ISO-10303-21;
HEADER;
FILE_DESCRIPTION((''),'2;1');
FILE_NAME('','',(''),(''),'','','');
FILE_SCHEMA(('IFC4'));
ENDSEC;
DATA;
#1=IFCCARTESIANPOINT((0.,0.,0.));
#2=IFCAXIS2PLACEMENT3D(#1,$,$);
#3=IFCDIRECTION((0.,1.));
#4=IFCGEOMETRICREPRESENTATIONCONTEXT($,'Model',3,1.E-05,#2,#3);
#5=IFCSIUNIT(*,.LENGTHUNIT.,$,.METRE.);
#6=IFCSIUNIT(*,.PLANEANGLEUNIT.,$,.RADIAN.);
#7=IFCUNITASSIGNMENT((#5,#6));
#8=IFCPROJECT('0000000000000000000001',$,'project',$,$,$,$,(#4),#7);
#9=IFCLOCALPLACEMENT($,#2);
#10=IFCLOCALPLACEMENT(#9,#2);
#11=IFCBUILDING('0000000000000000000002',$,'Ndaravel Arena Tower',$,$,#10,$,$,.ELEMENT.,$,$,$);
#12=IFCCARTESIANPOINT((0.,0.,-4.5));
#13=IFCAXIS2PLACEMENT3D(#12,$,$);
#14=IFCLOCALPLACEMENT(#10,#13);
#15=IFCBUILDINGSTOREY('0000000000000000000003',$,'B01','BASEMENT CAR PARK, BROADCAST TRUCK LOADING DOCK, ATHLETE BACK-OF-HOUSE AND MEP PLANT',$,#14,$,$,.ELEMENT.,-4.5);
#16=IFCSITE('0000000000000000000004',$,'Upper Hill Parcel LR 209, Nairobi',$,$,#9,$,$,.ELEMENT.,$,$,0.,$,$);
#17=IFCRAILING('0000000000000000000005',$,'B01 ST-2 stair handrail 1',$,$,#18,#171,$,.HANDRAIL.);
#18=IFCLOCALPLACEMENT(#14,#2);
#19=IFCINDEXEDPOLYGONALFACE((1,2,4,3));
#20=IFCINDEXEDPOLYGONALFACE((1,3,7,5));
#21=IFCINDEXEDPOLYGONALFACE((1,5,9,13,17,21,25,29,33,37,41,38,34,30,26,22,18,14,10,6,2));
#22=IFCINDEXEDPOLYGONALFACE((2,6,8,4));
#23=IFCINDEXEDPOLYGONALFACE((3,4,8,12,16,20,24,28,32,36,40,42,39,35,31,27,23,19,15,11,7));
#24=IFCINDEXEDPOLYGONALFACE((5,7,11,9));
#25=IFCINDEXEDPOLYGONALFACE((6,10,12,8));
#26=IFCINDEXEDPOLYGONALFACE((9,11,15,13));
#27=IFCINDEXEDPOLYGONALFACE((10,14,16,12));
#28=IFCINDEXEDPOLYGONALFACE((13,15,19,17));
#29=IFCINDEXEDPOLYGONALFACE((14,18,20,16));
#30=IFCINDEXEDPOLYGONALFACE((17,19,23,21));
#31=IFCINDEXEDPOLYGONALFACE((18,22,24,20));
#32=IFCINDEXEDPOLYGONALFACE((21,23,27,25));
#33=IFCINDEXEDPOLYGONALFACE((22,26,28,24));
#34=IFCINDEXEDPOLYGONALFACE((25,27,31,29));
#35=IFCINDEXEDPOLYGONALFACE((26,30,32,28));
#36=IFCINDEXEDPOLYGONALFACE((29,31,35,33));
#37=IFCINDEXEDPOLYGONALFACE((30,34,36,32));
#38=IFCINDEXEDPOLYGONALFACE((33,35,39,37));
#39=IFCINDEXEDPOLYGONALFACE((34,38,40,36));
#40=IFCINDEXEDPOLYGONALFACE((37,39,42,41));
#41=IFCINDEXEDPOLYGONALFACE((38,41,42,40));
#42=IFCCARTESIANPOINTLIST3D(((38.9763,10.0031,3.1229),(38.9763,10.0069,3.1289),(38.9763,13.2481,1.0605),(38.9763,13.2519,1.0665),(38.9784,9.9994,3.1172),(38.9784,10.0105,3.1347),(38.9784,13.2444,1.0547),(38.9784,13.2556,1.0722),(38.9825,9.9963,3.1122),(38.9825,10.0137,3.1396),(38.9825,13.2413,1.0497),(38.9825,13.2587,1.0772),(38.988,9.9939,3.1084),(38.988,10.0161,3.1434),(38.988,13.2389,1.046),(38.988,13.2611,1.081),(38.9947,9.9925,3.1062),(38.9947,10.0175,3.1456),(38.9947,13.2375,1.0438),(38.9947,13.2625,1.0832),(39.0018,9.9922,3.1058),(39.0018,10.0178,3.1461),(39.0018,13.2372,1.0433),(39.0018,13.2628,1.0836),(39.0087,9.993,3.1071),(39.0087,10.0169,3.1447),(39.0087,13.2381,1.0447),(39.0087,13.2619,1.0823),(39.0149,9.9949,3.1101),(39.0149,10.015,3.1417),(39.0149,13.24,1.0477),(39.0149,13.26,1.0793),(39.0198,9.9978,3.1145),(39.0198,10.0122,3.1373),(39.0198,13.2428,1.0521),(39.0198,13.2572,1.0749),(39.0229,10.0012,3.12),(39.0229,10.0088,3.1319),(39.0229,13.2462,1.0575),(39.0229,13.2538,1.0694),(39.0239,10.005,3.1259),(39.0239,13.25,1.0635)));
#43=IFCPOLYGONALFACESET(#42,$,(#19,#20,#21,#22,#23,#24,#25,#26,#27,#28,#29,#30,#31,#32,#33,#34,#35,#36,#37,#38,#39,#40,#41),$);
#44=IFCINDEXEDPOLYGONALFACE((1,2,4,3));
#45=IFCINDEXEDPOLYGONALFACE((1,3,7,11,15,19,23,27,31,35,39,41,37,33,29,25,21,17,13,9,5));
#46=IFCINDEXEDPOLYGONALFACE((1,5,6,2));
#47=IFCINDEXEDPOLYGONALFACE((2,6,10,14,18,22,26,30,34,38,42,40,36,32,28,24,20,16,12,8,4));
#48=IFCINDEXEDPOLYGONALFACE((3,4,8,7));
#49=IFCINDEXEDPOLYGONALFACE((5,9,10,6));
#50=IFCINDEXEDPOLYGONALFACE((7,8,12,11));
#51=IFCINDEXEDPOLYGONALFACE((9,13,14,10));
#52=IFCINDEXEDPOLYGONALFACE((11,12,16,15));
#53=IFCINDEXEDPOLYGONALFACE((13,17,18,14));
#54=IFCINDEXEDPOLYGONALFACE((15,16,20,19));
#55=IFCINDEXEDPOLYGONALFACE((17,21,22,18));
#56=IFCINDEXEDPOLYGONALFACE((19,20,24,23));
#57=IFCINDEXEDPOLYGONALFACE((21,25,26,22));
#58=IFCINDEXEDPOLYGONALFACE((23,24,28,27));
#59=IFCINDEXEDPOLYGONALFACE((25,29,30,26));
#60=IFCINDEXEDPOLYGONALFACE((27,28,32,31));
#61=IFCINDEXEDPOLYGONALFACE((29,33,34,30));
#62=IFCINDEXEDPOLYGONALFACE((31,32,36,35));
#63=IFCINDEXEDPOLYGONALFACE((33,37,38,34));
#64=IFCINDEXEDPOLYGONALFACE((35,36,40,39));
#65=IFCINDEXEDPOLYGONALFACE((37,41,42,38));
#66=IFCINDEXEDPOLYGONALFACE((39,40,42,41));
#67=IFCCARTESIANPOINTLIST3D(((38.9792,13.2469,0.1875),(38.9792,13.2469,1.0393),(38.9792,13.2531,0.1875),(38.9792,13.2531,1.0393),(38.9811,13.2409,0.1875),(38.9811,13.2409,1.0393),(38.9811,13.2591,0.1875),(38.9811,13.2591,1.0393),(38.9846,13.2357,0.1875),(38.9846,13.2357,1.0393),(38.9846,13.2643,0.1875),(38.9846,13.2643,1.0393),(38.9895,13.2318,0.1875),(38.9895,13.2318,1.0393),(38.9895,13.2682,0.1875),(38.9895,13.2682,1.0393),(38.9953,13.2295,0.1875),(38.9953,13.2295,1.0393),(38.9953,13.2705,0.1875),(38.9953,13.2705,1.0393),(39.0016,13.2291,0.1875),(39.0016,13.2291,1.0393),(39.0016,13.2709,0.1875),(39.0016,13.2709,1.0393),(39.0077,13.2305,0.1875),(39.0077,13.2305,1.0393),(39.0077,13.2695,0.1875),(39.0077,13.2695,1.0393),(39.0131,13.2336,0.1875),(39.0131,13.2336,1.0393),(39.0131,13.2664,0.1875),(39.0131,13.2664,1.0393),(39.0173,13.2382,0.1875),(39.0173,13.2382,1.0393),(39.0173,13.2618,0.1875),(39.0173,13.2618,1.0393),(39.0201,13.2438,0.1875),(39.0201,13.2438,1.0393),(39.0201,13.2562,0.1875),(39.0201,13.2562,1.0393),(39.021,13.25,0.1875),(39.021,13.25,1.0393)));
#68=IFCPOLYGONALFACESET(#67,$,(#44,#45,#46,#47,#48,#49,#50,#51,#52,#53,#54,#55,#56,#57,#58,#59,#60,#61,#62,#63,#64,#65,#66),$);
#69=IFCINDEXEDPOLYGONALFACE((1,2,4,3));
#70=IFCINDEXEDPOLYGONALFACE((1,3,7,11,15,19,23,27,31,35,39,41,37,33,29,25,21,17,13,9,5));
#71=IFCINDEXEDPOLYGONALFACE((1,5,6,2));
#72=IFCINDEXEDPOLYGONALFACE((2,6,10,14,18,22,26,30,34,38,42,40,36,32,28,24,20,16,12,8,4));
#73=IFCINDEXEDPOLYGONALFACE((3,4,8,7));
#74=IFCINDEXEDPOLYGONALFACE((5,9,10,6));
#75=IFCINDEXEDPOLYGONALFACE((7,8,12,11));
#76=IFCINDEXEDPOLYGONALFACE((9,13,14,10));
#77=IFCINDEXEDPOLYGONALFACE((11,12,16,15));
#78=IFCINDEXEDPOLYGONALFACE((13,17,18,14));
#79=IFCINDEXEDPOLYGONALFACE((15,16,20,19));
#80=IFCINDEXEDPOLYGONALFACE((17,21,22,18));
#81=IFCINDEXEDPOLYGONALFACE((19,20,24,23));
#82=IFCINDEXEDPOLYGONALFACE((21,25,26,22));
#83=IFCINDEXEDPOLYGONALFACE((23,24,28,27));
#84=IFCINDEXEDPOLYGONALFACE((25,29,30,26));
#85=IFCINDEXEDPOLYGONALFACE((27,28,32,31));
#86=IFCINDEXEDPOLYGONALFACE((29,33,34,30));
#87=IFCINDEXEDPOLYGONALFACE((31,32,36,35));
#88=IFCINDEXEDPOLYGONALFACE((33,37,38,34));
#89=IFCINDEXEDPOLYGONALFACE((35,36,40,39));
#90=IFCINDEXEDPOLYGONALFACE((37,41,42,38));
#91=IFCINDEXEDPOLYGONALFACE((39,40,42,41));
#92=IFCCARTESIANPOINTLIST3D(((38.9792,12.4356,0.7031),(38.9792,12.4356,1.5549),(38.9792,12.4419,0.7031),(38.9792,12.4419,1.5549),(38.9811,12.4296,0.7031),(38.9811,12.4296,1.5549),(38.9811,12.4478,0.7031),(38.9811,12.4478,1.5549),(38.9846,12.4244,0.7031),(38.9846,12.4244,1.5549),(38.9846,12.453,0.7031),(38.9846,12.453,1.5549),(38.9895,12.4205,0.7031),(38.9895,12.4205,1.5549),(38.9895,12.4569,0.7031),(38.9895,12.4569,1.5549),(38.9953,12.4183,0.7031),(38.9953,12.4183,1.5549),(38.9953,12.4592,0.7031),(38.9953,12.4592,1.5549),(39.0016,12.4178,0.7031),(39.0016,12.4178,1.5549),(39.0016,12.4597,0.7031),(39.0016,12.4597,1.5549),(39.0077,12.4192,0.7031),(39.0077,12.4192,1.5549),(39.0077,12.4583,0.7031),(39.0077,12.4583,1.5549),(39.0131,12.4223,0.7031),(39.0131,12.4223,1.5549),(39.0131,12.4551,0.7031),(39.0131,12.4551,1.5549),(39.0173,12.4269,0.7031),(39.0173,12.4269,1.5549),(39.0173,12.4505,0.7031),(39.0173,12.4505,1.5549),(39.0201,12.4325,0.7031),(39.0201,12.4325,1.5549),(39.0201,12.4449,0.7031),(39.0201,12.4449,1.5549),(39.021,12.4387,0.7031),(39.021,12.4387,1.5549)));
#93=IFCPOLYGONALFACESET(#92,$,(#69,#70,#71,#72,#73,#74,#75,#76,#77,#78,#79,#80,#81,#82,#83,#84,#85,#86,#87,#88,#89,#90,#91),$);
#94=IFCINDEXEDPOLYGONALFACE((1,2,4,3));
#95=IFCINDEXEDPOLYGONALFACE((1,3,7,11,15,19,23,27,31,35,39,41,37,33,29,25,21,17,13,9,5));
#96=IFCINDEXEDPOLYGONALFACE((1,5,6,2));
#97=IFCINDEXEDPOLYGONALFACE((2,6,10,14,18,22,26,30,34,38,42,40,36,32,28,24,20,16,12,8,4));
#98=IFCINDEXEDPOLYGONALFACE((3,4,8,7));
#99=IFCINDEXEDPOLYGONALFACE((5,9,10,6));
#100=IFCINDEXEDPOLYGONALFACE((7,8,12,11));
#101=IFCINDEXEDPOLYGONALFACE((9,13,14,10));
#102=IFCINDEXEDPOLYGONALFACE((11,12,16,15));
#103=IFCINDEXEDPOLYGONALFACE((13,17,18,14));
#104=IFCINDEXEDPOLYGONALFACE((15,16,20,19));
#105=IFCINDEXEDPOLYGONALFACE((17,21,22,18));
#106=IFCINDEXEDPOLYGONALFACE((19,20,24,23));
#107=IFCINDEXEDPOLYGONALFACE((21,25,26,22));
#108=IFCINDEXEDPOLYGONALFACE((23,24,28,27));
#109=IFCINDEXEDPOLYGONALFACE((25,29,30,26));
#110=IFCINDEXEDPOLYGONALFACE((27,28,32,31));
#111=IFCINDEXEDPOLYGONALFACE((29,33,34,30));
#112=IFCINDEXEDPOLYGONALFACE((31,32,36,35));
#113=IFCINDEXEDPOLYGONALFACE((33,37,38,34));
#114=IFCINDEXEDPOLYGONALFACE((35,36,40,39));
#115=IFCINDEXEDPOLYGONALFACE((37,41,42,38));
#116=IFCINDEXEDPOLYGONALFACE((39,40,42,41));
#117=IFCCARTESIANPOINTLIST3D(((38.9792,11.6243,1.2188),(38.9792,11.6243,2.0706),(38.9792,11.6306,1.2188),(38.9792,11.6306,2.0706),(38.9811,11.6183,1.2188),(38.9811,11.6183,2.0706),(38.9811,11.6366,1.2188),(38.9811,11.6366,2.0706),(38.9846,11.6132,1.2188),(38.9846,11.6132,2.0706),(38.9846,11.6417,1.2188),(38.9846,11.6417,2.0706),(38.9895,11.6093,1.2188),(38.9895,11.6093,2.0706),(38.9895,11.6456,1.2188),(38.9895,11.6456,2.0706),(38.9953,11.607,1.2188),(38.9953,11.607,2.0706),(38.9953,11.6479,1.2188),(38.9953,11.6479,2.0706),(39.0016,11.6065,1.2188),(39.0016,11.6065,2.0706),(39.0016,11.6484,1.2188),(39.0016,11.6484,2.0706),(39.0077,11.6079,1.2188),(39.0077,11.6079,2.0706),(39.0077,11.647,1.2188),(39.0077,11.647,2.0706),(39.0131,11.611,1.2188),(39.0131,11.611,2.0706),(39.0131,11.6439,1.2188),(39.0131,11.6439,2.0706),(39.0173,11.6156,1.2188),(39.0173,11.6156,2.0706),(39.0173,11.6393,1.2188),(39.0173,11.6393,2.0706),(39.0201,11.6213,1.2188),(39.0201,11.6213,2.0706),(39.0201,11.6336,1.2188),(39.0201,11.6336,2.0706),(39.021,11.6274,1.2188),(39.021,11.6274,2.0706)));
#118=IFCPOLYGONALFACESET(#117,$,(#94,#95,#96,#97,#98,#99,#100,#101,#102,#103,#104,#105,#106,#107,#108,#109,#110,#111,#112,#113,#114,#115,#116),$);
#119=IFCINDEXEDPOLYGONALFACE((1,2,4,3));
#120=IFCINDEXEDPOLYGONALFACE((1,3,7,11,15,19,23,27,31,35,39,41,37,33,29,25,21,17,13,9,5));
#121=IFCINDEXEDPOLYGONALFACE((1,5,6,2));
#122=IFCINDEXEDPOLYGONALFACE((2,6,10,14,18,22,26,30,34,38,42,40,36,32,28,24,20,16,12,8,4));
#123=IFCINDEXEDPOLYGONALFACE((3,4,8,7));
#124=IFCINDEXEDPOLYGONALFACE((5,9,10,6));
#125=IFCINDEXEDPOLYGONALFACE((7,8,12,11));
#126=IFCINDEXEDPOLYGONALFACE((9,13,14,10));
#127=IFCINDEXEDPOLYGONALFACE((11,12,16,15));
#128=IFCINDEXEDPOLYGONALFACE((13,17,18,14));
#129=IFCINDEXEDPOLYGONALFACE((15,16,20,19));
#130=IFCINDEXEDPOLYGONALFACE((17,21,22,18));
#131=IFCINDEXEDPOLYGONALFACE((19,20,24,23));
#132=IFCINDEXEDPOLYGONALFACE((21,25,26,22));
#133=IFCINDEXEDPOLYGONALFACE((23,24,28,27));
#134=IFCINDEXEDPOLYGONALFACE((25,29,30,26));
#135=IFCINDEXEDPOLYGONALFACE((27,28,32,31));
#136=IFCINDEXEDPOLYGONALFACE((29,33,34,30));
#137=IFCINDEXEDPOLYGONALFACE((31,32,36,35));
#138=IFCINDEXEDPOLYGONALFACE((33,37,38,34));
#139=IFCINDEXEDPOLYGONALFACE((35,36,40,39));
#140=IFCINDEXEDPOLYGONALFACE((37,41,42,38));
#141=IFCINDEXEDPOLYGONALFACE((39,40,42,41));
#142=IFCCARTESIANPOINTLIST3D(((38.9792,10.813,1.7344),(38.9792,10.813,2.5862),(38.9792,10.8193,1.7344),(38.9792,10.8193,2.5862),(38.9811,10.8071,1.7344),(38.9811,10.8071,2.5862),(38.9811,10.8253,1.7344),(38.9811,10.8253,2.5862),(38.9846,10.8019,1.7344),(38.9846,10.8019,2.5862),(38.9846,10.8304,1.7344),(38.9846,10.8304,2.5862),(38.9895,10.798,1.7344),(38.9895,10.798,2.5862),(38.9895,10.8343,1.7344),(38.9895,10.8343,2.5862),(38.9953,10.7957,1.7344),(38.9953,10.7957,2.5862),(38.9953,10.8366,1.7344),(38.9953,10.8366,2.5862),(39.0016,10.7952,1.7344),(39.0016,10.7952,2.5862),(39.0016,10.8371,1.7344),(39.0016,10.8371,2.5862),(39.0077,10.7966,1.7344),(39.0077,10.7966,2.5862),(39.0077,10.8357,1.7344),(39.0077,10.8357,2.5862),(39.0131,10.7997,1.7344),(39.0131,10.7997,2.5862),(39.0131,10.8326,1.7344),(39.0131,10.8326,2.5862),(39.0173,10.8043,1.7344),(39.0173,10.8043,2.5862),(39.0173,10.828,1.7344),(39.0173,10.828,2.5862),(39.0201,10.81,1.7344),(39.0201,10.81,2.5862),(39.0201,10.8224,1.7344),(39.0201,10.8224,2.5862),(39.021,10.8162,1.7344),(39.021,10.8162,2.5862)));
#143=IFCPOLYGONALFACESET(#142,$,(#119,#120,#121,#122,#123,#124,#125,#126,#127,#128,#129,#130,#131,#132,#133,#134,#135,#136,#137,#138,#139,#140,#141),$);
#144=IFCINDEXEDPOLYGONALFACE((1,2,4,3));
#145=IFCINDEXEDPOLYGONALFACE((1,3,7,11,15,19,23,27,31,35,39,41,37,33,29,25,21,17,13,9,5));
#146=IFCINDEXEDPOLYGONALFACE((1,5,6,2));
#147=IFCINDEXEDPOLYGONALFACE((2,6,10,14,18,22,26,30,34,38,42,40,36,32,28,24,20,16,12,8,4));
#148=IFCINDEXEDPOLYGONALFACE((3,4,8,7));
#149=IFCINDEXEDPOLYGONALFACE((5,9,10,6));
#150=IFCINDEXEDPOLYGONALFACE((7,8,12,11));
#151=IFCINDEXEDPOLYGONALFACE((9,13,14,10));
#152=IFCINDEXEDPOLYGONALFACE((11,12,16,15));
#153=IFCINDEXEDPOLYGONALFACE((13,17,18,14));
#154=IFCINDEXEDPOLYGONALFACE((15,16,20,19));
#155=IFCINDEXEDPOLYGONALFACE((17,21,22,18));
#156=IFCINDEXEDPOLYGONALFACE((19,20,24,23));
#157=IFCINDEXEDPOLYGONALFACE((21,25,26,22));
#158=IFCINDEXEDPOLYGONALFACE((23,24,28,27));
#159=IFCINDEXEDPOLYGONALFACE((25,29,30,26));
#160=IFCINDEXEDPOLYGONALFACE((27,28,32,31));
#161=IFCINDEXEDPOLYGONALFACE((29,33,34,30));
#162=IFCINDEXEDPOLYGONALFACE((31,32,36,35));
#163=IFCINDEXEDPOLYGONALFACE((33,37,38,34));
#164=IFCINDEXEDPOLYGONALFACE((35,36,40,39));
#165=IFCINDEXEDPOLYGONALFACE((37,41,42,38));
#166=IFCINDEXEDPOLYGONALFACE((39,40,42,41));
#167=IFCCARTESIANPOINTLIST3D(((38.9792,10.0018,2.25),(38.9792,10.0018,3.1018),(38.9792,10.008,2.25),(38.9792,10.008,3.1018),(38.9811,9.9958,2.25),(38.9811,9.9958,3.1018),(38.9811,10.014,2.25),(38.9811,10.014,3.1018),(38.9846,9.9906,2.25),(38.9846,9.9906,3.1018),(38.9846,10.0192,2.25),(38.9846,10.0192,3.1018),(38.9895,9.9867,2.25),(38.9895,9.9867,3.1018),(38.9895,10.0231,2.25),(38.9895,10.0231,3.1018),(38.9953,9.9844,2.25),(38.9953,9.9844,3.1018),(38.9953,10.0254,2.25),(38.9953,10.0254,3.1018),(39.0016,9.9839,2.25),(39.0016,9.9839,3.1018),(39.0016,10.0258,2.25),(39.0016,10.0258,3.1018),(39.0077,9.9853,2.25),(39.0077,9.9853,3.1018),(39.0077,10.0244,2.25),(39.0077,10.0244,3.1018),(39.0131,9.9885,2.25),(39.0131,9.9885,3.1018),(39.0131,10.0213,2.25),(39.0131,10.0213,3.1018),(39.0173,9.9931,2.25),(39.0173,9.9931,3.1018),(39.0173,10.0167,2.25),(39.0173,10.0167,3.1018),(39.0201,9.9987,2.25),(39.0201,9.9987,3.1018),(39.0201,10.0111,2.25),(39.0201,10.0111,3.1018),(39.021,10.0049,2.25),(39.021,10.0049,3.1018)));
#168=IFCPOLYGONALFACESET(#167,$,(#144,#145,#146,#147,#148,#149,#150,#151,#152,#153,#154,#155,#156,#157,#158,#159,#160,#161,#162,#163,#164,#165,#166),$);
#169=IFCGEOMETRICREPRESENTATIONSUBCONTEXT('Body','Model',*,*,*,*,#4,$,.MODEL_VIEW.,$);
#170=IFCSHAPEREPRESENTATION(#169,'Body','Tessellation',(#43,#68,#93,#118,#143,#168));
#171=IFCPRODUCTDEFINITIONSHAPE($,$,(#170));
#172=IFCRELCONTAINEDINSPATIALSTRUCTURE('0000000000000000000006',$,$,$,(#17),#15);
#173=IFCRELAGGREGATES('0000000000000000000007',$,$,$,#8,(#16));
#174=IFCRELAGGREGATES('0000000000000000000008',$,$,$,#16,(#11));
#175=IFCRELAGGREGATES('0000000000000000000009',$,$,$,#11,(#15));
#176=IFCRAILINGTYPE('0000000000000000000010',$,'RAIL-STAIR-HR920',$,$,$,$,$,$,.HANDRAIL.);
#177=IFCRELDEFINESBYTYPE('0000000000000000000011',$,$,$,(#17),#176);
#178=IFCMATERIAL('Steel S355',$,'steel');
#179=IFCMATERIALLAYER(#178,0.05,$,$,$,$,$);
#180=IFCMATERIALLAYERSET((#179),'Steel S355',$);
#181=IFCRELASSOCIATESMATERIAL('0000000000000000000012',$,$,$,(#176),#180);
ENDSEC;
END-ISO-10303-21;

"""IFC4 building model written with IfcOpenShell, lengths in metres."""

from ifc_helpers import new_model, si_unit, direction, frame, origin, origin_2d, place, context, subcontext, project, spatial, circle, extrude, material, layer, layer_set, type_object, element, save


model = new_model("IFC4")

# Units and contexts
model_context = context("Model", 3, precision=1e-05, world=origin(), true_north=direction((0.0, 1.0)))
body_context = subcontext(model_context, "Body", "Model", "MODEL_VIEW")
ifc_project = project(units=[si_unit("LENGTHUNIT", "METRE"), si_unit("PLANEANGLEUNIT", "RADIAN")], contexts=[model_context])

# Site, building, storey
site_placement = place(None, origin())
site = spatial("IfcSite", under=ifc_project, at=site_placement, Name="Upper Hill Parcel LR 209, Nairobi", CompositionType="ELEMENT", RefElevation=0.0)
building_placement = place(site_placement, origin())
building = spatial("IfcBuilding", under=site, at=building_placement, Name="Ndaravel Arena Tower", CompositionType="ELEMENT")
storey_placement = place(building_placement, frame((0.0, 0.0, -4.5)))
storey = spatial("IfcBuildingStorey", under=building, at=storey_placement, Name="B01", Description="BASEMENT CAR PARK, BROADCAST TRUCK LOADING DOCK, ATHLETE BACK-OF-HOUSE AND MEP PLANT", CompositionType="ELEMENT", Elevation=-4.5)

# Railing
ifc_material_1 = material(Name="Steel S355", Category="steel")
ifc_layer_1 = layer(ifc_material_1, 0.05)
ifc_layer_set_1 = layer_set([ifc_layer_1], Name="Steel S355")
railing_type_1 = type_object("IfcRailingType", Name="RAIL-STAIR-HR920", PredefinedType="HANDRAIL", material=ifc_layer_set_1)
railing_1_placement = place(storey_placement, frame((39.0, 13.25, 0.1875)))
element("IfcRailing", 1, at=railing_1_placement, inside=storey, type_object=railing_type_1, Name="B01 ST-2 stair handrail 1", PredefinedType="HANDRAIL", context=body_context, shape_type="SweptSolid", body=[
    extrude(circle(Radius=0.0239, at=origin_2d()), frame((0.0, 0.0, 0.876), z_axis=(0.0, -0.843965, 0.536399), x_axis=(1.0, 0.0, 0.0)), (0.0, 0.0, 1.0), 3.845),
    extrude(circle(Radius=0.021, at=origin_2d()), origin(), (0.0, 0.0, 1.0), 0.8518),
    extrude(circle(Radius=0.021, at=origin_2d()), frame((0.0, -0.8113, 0.5156)), (0.0, 0.0, 1.0), 0.8518),
    extrude(circle(Radius=0.021, at=origin_2d()), frame((0.0, -1.6226, 1.0312)), (0.0, 0.0, 1.0), 0.8518),
    extrude(circle(Radius=0.021, at=origin_2d()), frame((0.0, -2.4338, 1.5469)), (0.0, 0.0, 1.0), 0.8518),
    extrude(circle(Radius=0.021, at=origin_2d()), frame((0.0, -3.2451, 2.0625)), (0.0, 0.0, 1.0), 0.8518),
])

save(model, "model.ifc")
